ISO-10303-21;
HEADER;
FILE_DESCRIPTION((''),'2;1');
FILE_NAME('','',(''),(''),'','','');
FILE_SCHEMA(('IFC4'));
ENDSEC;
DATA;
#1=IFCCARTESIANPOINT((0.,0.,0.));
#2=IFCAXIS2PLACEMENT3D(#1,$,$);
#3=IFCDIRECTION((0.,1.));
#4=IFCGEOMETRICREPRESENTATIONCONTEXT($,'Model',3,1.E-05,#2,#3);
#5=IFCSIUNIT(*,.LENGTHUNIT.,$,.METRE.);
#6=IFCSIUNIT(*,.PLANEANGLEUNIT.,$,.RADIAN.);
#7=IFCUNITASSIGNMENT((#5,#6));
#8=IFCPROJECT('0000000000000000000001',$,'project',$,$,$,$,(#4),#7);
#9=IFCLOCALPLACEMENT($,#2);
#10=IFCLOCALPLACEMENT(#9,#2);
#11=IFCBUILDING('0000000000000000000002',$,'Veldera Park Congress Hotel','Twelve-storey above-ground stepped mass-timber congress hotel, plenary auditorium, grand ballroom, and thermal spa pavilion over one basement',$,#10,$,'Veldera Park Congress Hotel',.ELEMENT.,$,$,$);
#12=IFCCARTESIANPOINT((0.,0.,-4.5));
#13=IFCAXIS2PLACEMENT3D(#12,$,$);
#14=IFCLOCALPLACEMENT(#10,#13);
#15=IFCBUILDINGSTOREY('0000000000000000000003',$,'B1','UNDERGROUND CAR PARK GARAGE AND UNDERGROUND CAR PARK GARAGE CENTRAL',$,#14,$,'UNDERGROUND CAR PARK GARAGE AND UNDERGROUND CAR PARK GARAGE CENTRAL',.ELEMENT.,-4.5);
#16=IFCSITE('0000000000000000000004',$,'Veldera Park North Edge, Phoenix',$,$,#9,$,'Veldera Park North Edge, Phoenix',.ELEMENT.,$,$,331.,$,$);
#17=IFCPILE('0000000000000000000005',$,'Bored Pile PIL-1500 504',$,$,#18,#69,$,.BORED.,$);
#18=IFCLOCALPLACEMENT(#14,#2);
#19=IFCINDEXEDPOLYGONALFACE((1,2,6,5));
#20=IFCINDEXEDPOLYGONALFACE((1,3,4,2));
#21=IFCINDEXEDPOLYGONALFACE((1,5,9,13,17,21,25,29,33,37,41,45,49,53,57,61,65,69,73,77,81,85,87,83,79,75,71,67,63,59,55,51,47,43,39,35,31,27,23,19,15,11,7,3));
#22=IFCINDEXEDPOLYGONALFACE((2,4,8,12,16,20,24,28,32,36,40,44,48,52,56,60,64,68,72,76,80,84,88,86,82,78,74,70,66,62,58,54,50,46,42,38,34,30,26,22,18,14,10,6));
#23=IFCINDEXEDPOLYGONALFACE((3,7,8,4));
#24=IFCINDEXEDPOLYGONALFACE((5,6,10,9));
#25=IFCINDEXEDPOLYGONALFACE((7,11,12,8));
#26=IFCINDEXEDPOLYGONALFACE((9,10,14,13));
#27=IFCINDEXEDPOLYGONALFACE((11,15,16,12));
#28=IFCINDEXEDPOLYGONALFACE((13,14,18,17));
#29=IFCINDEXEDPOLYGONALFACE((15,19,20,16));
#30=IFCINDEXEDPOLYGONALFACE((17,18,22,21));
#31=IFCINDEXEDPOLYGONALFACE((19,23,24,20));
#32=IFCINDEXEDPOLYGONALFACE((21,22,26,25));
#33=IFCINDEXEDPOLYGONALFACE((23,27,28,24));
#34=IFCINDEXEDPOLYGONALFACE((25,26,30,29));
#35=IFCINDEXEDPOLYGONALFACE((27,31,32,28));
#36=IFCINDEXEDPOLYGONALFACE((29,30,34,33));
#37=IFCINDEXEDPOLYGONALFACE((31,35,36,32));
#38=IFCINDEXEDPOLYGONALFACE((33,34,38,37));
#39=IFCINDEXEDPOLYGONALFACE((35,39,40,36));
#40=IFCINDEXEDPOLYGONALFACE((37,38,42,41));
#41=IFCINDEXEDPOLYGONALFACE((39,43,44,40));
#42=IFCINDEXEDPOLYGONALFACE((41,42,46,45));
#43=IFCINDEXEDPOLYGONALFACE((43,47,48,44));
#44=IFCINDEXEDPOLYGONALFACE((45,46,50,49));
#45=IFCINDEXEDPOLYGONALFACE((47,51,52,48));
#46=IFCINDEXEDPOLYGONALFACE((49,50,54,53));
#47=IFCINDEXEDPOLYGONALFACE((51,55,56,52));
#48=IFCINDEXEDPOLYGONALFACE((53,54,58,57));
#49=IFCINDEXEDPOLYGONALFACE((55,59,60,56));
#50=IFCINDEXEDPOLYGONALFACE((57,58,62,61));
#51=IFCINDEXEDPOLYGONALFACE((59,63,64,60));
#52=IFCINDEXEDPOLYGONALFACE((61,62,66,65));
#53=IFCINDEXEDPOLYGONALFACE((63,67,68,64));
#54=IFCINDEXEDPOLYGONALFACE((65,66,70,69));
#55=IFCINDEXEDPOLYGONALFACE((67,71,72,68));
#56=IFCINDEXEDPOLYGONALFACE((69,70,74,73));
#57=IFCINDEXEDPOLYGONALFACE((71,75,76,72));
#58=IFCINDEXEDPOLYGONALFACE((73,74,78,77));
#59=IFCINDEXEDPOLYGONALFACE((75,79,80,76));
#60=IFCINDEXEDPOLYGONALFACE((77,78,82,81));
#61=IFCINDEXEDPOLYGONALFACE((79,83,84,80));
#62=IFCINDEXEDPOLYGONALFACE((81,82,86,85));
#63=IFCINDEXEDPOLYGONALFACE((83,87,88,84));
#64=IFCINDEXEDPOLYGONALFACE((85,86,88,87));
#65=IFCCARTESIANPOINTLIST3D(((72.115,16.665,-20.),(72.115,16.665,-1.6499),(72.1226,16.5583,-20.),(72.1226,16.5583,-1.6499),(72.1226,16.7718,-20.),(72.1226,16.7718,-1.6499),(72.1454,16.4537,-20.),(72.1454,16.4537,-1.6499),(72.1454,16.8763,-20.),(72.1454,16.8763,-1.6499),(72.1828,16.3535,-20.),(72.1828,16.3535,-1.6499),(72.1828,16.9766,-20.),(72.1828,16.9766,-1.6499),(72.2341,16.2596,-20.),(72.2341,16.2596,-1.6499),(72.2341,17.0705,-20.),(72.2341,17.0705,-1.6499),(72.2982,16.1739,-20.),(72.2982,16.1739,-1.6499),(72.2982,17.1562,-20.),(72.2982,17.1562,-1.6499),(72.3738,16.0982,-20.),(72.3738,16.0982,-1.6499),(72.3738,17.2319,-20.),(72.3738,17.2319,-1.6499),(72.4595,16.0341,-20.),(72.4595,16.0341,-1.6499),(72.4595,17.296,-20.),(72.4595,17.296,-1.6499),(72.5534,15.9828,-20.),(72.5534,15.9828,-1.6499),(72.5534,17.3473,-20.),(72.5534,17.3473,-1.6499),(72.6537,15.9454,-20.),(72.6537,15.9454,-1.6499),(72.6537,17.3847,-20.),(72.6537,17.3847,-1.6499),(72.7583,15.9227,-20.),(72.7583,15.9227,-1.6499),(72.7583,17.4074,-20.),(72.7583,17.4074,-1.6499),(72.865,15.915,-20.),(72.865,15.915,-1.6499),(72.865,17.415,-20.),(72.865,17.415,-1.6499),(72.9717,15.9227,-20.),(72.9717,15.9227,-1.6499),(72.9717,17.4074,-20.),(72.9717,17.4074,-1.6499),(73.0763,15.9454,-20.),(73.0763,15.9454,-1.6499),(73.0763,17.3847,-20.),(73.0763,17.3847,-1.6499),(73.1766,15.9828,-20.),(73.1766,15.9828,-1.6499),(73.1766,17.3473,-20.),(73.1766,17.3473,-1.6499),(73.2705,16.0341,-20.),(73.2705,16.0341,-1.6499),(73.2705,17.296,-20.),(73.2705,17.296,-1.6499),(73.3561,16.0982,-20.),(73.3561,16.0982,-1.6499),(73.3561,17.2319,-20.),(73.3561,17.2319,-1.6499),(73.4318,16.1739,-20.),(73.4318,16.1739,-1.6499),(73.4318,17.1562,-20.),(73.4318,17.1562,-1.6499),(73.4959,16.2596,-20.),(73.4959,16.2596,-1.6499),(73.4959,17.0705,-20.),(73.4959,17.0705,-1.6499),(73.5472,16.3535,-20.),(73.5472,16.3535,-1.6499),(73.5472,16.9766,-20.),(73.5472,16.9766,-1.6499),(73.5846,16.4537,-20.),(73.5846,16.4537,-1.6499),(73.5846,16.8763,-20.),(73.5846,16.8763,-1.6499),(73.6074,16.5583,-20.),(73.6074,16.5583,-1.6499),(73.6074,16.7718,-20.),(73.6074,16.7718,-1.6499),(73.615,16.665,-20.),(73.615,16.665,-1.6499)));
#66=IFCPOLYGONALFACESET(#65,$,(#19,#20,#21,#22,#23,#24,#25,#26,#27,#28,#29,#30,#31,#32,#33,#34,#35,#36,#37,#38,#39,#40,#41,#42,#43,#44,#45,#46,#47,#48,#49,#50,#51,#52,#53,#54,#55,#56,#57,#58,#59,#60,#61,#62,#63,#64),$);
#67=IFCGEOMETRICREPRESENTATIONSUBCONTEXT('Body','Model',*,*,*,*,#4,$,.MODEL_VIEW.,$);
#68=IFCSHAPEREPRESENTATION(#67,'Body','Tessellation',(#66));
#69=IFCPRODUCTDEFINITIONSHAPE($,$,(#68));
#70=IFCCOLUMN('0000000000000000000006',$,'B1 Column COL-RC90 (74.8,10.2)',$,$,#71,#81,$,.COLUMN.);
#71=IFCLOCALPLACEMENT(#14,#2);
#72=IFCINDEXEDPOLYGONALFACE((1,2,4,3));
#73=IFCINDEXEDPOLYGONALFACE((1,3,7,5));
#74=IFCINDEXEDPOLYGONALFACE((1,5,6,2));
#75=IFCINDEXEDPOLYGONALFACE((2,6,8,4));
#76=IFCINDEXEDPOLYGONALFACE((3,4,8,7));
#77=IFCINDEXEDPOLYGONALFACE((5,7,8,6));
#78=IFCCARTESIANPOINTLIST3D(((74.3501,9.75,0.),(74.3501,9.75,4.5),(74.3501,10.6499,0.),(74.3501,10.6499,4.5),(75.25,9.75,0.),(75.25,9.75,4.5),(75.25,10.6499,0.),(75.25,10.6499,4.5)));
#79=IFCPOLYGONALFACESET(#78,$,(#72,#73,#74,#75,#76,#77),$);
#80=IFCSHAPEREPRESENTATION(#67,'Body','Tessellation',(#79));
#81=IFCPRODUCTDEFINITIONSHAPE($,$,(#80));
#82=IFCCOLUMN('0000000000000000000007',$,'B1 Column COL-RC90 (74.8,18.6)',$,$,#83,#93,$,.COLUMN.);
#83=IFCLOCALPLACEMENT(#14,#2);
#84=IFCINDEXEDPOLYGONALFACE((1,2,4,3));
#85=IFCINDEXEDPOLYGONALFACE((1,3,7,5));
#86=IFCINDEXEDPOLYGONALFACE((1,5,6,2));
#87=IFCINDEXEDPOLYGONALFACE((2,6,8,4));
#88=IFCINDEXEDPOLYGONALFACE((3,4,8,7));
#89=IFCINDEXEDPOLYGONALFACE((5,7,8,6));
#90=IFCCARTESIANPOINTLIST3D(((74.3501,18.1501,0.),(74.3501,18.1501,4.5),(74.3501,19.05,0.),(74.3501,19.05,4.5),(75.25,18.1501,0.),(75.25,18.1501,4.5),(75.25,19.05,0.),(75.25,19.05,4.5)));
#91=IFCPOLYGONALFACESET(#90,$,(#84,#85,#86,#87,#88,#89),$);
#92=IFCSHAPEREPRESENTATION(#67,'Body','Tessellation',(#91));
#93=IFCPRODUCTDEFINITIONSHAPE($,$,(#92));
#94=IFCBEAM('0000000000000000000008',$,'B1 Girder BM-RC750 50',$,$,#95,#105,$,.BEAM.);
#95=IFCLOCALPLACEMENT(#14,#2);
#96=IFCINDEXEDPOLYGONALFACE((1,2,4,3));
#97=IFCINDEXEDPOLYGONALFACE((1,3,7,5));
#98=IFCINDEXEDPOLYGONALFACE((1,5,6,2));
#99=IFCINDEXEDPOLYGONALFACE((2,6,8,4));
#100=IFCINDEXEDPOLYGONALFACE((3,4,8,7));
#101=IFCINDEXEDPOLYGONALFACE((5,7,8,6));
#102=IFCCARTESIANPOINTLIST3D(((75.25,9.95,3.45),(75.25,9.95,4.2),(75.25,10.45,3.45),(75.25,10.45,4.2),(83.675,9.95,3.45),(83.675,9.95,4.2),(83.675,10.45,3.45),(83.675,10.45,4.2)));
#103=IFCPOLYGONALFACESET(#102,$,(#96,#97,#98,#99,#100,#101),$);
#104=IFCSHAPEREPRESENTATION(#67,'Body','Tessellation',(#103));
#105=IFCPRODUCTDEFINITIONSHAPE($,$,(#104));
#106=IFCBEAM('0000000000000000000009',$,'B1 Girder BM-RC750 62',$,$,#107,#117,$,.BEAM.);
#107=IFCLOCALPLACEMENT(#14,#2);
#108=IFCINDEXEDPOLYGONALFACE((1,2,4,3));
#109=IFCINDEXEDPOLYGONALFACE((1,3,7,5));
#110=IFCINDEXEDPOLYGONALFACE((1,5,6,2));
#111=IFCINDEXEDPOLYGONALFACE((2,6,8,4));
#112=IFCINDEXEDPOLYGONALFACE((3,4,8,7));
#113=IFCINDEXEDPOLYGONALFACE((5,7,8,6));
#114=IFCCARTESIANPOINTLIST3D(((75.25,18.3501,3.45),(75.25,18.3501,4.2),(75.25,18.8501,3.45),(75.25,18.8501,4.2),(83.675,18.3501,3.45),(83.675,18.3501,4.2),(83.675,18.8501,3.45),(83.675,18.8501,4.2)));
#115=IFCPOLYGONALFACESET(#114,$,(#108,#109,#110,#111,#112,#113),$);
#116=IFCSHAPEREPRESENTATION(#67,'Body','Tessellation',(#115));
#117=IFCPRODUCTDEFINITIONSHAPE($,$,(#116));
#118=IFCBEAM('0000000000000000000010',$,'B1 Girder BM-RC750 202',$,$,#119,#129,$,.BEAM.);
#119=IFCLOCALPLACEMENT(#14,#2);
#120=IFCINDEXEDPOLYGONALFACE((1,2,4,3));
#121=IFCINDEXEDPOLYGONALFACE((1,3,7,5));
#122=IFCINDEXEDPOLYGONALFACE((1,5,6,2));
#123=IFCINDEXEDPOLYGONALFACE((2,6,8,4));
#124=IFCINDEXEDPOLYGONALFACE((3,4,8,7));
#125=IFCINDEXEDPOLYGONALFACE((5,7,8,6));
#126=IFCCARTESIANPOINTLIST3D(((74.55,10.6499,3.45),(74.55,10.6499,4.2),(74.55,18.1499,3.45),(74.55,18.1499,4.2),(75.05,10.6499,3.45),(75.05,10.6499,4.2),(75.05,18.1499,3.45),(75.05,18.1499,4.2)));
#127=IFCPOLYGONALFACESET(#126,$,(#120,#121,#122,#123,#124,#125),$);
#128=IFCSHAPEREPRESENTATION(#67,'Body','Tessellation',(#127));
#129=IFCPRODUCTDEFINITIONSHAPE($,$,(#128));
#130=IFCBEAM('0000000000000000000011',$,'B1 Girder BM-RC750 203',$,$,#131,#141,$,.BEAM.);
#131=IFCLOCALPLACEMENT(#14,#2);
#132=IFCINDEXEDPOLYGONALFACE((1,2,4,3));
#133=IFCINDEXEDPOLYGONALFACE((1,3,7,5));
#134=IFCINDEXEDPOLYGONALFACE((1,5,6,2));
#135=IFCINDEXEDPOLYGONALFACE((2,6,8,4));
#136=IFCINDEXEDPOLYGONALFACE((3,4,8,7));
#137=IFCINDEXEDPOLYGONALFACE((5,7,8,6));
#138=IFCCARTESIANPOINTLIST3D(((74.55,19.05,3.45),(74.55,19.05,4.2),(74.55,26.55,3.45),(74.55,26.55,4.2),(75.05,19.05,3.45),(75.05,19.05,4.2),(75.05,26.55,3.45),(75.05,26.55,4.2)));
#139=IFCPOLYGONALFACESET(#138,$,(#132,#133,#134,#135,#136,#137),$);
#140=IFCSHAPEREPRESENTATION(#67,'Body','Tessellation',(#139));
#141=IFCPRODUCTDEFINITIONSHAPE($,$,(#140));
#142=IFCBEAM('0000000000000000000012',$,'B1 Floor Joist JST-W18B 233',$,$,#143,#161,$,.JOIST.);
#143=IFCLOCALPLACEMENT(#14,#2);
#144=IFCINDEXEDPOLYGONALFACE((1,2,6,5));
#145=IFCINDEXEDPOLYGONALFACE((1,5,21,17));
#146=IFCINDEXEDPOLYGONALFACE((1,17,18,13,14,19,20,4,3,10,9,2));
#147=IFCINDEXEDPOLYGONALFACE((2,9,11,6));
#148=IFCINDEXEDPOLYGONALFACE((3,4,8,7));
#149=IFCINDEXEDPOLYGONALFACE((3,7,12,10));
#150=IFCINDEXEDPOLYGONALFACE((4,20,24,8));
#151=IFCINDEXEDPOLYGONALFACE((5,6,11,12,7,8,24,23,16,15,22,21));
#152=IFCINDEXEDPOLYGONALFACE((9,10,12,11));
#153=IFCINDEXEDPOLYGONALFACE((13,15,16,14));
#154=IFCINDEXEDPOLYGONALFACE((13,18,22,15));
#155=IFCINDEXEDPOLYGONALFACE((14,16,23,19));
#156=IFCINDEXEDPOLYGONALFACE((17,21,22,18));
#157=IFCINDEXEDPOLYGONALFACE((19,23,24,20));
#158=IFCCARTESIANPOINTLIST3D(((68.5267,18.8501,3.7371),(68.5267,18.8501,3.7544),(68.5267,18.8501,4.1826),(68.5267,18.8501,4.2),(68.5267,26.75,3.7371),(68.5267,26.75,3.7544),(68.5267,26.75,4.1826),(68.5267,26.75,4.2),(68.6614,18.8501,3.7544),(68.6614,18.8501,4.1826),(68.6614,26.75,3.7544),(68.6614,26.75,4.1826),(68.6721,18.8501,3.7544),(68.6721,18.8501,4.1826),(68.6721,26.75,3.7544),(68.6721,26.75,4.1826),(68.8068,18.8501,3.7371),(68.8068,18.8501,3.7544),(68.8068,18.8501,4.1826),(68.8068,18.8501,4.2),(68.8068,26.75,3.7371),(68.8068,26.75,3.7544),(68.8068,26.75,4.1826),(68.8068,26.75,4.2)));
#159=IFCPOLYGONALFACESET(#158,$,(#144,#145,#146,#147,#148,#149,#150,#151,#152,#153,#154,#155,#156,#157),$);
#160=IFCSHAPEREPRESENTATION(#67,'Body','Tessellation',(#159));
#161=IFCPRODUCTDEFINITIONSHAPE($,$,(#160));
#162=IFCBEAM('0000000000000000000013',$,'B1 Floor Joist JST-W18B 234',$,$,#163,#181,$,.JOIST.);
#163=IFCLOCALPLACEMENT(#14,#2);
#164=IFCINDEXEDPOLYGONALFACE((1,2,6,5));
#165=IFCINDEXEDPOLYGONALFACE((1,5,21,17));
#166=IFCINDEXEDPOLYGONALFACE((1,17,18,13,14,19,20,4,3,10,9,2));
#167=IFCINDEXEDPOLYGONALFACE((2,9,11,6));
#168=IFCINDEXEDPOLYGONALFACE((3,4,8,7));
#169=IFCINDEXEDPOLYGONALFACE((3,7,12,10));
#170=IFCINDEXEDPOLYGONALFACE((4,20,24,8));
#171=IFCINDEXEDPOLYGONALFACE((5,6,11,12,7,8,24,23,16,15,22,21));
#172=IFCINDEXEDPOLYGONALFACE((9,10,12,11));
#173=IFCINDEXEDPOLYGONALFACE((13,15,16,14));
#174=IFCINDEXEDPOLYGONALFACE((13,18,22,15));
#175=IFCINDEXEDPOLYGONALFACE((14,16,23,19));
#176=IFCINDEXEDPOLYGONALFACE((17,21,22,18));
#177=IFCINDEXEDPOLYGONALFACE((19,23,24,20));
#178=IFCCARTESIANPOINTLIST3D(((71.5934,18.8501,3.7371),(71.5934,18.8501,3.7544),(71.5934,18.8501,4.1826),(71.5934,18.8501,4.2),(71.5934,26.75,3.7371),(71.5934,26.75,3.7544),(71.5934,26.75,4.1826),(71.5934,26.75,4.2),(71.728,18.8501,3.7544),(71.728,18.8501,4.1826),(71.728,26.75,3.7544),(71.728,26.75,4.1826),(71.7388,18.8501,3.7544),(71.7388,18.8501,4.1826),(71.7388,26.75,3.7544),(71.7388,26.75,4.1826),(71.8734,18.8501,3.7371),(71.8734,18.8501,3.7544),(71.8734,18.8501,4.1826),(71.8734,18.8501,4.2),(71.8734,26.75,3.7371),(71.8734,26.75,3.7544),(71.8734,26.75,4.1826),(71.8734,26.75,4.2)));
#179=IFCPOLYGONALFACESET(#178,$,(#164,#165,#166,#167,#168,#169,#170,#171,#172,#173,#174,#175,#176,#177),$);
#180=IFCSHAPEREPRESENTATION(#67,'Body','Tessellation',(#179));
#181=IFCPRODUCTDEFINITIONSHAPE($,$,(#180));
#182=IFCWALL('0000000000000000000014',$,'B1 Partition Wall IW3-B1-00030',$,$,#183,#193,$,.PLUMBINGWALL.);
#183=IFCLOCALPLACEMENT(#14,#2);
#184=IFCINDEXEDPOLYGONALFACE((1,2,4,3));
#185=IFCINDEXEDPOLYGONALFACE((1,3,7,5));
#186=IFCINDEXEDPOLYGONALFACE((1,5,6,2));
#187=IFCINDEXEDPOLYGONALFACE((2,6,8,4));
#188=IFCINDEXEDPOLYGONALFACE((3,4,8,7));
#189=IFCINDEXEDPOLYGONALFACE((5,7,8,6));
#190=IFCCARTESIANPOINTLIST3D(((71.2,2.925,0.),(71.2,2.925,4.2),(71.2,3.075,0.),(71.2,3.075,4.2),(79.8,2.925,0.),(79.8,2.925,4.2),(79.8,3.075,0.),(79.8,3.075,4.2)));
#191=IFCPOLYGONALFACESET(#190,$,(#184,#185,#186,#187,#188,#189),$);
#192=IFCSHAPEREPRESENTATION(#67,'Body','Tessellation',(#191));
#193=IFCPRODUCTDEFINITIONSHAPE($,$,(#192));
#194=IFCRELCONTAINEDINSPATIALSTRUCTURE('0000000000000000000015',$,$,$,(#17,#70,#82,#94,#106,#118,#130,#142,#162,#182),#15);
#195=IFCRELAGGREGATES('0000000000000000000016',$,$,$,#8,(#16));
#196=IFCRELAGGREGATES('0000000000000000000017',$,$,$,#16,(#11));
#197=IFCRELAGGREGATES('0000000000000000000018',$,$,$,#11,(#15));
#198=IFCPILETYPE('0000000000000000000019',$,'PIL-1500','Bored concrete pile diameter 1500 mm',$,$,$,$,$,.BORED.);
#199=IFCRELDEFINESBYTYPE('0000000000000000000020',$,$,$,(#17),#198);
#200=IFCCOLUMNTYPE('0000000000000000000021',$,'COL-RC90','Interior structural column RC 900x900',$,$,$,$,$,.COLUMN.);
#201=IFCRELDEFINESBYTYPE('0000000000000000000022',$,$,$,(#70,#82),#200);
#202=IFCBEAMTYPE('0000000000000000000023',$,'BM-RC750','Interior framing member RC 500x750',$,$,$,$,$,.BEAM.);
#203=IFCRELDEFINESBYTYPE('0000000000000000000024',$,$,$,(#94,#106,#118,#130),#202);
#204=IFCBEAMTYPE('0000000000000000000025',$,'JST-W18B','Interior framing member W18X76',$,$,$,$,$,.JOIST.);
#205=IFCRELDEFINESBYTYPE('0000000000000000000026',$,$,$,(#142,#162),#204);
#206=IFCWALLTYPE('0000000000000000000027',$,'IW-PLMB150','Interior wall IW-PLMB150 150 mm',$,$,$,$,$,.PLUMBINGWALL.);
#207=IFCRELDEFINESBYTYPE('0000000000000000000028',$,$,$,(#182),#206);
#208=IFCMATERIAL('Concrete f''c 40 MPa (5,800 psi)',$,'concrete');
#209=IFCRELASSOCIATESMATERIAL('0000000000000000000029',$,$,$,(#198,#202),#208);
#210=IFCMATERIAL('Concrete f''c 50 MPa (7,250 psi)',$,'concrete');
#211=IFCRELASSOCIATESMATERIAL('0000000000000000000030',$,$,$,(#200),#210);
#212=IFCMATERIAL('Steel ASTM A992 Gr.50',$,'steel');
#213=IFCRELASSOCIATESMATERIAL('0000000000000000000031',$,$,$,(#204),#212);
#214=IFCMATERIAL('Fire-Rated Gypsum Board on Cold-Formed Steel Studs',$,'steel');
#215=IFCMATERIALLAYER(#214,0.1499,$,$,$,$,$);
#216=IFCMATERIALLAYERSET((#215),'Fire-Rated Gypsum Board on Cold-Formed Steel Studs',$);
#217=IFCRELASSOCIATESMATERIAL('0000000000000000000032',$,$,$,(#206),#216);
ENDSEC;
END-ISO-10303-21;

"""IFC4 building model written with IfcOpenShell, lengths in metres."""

from ifc_helpers import new_model, si_unit, direction, frame, frame_2d, origin, origin_2d, place, context, subcontext, project, spatial, rectangle, circle, i_section, extrude, material, layer, layer_set, material_profile, profile_set, type_object, element, save


model = new_model("IFC4")

# Units and contexts
model_context = context("Model", 3, precision=1e-05, world=origin(), true_north=direction((0.0, 1.0)))
body_context = subcontext(model_context, "Body", "Model", "MODEL_VIEW")
ifc_project = project(units=[si_unit("LENGTHUNIT", "METRE"), si_unit("PLANEANGLEUNIT", "RADIAN")], contexts=[model_context])

# Site, building, storey
site_placement = place(None, origin())
site = spatial("IfcSite", under=ifc_project, at=site_placement, Name="Veldera Park North Edge, Phoenix", LongName="Veldera Park North Edge, Phoenix", CompositionType="ELEMENT", RefElevation=331.0)
building_placement = place(site_placement, origin())
building = spatial("IfcBuilding", under=site, at=building_placement, Name="Veldera Park Congress Hotel", Description="Twelve-storey above-ground stepped mass-timber congress hotel, plenary auditorium, grand ballroom, and thermal spa pavilion over one basement", LongName="Veldera Park Congress Hotel", CompositionType="ELEMENT")
storey_placement = place(building_placement, frame((0.0, 0.0, -4.5)))
storey = spatial("IfcBuildingStorey", under=building, at=storey_placement, Name="B1", Description="UNDERGROUND CAR PARK GARAGE AND UNDERGROUND CAR PARK GARAGE CENTRAL", LongName="UNDERGROUND CAR PARK GARAGE AND UNDERGROUND CAR PARK GARAGE CENTRAL", CompositionType="ELEMENT", Elevation=-4.5)

# Shared definitions
ifc_material_1 = material(Name="Concrete f'c 40 MPa (5,800 psi)", Category="concrete")

# Pile
ifc_material_profile_1 = material_profile(ifc_material_1, circle(Radius=0.75, at=origin_2d()), Name="PILE D1500")
ifc_profile_set_1 = profile_set([ifc_material_profile_1], Name="Concrete f'c 40 MPa (5,800 psi)")
pile_type_1 = type_object("IfcPileType", Name="PIL-1500", Description="Bored concrete pile diameter 1500 mm", PredefinedType="BORED", material=ifc_profile_set_1)
for number, where, z_axis, x_axis, name in (
    (1, (72.865, 16.665, -1.6499), (0.0, 0.0, -1.0), (1.0, 0.0, 0.0), "Bored Pile PIL-1500 504"),
):
    element("IfcPile", number, at=place(storey_placement, frame(where, z_axis=z_axis, x_axis=x_axis)), inside=storey, type_object=pile_type_1, Name=name, PredefinedType="BORED", context=body_context, shape_type="SweptSolid", body=[
        extrude(circle(Radius=0.75, at=origin_2d()), origin(), (0.0, 0.0, 1.0), 18.3501),
    ])

# Columns
ifc_material_2 = material(Name="Concrete f'c 50 MPa (7,250 psi)", Category="concrete")
ifc_material_profile_2 = material_profile(ifc_material_2, rectangle(XDim=0.8999, YDim=0.8999, at=origin_2d()), Name="RC 900x900")
ifc_profile_set_2 = profile_set([ifc_material_profile_2], Name="Concrete f'c 50 MPa (7,250 psi)")
column_type = type_object("IfcColumnType", Name="COL-RC90", Description="Interior structural column RC 900x900", PredefinedType="COLUMN", material=ifc_profile_set_2)
for number, where, z_axis, x_axis, name in (
    (2, (74.8, 10.2, 0.0), (0.0, 0.0, 1.0), (1.0, 0.0, 0.0), "B1 Column COL-RC90 (74.8,10.2)"),
    (3, (74.8, 18.6001, 0.0), (0.0, 0.0, 1.0), (1.0, 0.0, 0.0), "B1 Column COL-RC90 (74.8,18.6)"),
):
    element("IfcColumn", number, at=place(storey_placement, frame(where, z_axis=z_axis, x_axis=x_axis)), inside=storey, type_object=column_type, Name=name, PredefinedType="COLUMN", context=body_context, shape_type="SweptSolid", body=[
        extrude(rectangle(XDim=0.8999, YDim=0.8999, at=origin_2d()), origin(), (0.0, 0.0, 1.0), 4.5),
    ])

# Beams
ifc_material_profile_3 = material_profile(ifc_material_1, rectangle(XDim=0.5, YDim=0.75, at=origin_2d()), Name="RC 500x750")
ifc_profile_set_3 = profile_set([ifc_material_profile_3], Name="Concrete f'c 40 MPa (5,800 psi)")
beam_type_1 = type_object("IfcBeamType", Name="BM-RC750", Description="Interior framing member RC 500x750", PredefinedType="BEAM", material=ifc_profile_set_3)
for number, where, z_axis, x_axis, name in (
    (4, (75.25, 10.2, 3.825), (1.0, 0.0, 0.0), (0.0, 1.0, 0.0), "B1 Girder BM-RC750 50"),
    (5, (75.25, 18.6001, 3.825), (1.0, 0.0, 0.0), (0.0, 1.0, 0.0), "B1 Girder BM-RC750 62"),
):
    element("IfcBeam", number, at=place(storey_placement, frame(where, z_axis=z_axis, x_axis=x_axis)), inside=storey, type_object=beam_type_1, Name=name, PredefinedType="BEAM", context=body_context, shape_type="SweptSolid", body=[
        extrude(rectangle(XDim=0.5, YDim=0.75, at=origin_2d()), origin(), (0.0, 0.0, 1.0), 8.425),
    ])
for number, where, z_axis, x_axis, name in (
    (6, (74.8, 10.6499, 3.825), (0.0, 1.0, 0.0), (-1.0, 0.0, 0.0), "B1 Girder BM-RC750 202"),
    (7, (74.8, 19.05, 3.825), (0.0, 1.0, 0.0), (-1.0, 0.0, 0.0), "B1 Girder BM-RC750 203"),
):
    element("IfcBeam", number, at=place(storey_placement, frame(where, z_axis=z_axis, x_axis=x_axis)), inside=storey, type_object=beam_type_1, Name=name, PredefinedType="BEAM", context=body_context, shape_type="SweptSolid", body=[
        extrude(rectangle(XDim=0.5, YDim=0.75, at=origin_2d()), origin(), (0.0, 0.0, 1.0), 7.5),
    ])
ifc_material_3 = material(Name="Steel ASTM A992 Gr.50", Category="steel")
ifc_material_profile_4 = material_profile(ifc_material_3, i_section(OverallWidth=0.28, OverallDepth=0.4629, WebThickness=0.0107, FlangeThickness=0.0173, at=origin_2d()), Name="W18X76")
ifc_profile_set_4 = profile_set([ifc_material_profile_4], Name="Steel ASTM A992 Gr.50")
beam_type_2 = type_object("IfcBeamType", Name="JST-W18B", Description="Interior framing member W18X76", PredefinedType="JOIST", material=ifc_profile_set_4)
for number, where, z_axis, x_axis, name in (
    (8, (68.6667, 18.8501, 3.9685), (0.0, 1.0, 0.0), (-1.0, 0.0, 0.0), "B1 Floor Joist JST-W18B 233"),
    (9, (71.7334, 18.8501, 3.9685), (0.0, 1.0, 0.0), (-1.0, 0.0, 0.0), "B1 Floor Joist JST-W18B 234"),
):
    element("IfcBeam", number, at=place(storey_placement, frame(where, z_axis=z_axis, x_axis=x_axis)), inside=storey, type_object=beam_type_2, Name=name, PredefinedType="JOIST", context=body_context, shape_type="SweptSolid", body=[
        extrude(i_section(OverallWidth=0.28, OverallDepth=0.4629, WebThickness=0.0107, FlangeThickness=0.0173, at=origin_2d()), origin(), (0.0, 0.0, 1.0), 7.8999),
    ])

# Wall
ifc_material_4 = material(Name="Fire-Rated Gypsum Board on Cold-Formed Steel Studs", Category="steel")
ifc_layer = layer(ifc_material_4, 0.1499)
ifc_layer_set = layer_set([ifc_layer], Name="Fire-Rated Gypsum Board on Cold-Formed Steel Studs")
wall_type = type_object("IfcWallType", Name="IW-PLMB150", Description="Interior wall IW-PLMB150 150 mm", PredefinedType="PLUMBINGWALL", material=ifc_layer_set)
wall_1_placement = place(storey_placement, frame((71.2, 3.0, 0.0), z_axis=(0.0, 0.0, 1.0), x_axis=(1.0, 0.0, 0.0)))
element("IfcWall", 10, at=wall_1_placement, inside=storey, type_object=wall_type, Name="B1 Partition Wall IW3-B1-00030", PredefinedType="PLUMBINGWALL", context=body_context, shape_type="SweptSolid", body=[
    extrude(rectangle(XDim=8.6001, YDim=0.1499, at=frame_2d((4.3, 0.0))), origin(), (0.0, 0.0, 1.0), 4.2),
])

save(model, "model.ifc")
